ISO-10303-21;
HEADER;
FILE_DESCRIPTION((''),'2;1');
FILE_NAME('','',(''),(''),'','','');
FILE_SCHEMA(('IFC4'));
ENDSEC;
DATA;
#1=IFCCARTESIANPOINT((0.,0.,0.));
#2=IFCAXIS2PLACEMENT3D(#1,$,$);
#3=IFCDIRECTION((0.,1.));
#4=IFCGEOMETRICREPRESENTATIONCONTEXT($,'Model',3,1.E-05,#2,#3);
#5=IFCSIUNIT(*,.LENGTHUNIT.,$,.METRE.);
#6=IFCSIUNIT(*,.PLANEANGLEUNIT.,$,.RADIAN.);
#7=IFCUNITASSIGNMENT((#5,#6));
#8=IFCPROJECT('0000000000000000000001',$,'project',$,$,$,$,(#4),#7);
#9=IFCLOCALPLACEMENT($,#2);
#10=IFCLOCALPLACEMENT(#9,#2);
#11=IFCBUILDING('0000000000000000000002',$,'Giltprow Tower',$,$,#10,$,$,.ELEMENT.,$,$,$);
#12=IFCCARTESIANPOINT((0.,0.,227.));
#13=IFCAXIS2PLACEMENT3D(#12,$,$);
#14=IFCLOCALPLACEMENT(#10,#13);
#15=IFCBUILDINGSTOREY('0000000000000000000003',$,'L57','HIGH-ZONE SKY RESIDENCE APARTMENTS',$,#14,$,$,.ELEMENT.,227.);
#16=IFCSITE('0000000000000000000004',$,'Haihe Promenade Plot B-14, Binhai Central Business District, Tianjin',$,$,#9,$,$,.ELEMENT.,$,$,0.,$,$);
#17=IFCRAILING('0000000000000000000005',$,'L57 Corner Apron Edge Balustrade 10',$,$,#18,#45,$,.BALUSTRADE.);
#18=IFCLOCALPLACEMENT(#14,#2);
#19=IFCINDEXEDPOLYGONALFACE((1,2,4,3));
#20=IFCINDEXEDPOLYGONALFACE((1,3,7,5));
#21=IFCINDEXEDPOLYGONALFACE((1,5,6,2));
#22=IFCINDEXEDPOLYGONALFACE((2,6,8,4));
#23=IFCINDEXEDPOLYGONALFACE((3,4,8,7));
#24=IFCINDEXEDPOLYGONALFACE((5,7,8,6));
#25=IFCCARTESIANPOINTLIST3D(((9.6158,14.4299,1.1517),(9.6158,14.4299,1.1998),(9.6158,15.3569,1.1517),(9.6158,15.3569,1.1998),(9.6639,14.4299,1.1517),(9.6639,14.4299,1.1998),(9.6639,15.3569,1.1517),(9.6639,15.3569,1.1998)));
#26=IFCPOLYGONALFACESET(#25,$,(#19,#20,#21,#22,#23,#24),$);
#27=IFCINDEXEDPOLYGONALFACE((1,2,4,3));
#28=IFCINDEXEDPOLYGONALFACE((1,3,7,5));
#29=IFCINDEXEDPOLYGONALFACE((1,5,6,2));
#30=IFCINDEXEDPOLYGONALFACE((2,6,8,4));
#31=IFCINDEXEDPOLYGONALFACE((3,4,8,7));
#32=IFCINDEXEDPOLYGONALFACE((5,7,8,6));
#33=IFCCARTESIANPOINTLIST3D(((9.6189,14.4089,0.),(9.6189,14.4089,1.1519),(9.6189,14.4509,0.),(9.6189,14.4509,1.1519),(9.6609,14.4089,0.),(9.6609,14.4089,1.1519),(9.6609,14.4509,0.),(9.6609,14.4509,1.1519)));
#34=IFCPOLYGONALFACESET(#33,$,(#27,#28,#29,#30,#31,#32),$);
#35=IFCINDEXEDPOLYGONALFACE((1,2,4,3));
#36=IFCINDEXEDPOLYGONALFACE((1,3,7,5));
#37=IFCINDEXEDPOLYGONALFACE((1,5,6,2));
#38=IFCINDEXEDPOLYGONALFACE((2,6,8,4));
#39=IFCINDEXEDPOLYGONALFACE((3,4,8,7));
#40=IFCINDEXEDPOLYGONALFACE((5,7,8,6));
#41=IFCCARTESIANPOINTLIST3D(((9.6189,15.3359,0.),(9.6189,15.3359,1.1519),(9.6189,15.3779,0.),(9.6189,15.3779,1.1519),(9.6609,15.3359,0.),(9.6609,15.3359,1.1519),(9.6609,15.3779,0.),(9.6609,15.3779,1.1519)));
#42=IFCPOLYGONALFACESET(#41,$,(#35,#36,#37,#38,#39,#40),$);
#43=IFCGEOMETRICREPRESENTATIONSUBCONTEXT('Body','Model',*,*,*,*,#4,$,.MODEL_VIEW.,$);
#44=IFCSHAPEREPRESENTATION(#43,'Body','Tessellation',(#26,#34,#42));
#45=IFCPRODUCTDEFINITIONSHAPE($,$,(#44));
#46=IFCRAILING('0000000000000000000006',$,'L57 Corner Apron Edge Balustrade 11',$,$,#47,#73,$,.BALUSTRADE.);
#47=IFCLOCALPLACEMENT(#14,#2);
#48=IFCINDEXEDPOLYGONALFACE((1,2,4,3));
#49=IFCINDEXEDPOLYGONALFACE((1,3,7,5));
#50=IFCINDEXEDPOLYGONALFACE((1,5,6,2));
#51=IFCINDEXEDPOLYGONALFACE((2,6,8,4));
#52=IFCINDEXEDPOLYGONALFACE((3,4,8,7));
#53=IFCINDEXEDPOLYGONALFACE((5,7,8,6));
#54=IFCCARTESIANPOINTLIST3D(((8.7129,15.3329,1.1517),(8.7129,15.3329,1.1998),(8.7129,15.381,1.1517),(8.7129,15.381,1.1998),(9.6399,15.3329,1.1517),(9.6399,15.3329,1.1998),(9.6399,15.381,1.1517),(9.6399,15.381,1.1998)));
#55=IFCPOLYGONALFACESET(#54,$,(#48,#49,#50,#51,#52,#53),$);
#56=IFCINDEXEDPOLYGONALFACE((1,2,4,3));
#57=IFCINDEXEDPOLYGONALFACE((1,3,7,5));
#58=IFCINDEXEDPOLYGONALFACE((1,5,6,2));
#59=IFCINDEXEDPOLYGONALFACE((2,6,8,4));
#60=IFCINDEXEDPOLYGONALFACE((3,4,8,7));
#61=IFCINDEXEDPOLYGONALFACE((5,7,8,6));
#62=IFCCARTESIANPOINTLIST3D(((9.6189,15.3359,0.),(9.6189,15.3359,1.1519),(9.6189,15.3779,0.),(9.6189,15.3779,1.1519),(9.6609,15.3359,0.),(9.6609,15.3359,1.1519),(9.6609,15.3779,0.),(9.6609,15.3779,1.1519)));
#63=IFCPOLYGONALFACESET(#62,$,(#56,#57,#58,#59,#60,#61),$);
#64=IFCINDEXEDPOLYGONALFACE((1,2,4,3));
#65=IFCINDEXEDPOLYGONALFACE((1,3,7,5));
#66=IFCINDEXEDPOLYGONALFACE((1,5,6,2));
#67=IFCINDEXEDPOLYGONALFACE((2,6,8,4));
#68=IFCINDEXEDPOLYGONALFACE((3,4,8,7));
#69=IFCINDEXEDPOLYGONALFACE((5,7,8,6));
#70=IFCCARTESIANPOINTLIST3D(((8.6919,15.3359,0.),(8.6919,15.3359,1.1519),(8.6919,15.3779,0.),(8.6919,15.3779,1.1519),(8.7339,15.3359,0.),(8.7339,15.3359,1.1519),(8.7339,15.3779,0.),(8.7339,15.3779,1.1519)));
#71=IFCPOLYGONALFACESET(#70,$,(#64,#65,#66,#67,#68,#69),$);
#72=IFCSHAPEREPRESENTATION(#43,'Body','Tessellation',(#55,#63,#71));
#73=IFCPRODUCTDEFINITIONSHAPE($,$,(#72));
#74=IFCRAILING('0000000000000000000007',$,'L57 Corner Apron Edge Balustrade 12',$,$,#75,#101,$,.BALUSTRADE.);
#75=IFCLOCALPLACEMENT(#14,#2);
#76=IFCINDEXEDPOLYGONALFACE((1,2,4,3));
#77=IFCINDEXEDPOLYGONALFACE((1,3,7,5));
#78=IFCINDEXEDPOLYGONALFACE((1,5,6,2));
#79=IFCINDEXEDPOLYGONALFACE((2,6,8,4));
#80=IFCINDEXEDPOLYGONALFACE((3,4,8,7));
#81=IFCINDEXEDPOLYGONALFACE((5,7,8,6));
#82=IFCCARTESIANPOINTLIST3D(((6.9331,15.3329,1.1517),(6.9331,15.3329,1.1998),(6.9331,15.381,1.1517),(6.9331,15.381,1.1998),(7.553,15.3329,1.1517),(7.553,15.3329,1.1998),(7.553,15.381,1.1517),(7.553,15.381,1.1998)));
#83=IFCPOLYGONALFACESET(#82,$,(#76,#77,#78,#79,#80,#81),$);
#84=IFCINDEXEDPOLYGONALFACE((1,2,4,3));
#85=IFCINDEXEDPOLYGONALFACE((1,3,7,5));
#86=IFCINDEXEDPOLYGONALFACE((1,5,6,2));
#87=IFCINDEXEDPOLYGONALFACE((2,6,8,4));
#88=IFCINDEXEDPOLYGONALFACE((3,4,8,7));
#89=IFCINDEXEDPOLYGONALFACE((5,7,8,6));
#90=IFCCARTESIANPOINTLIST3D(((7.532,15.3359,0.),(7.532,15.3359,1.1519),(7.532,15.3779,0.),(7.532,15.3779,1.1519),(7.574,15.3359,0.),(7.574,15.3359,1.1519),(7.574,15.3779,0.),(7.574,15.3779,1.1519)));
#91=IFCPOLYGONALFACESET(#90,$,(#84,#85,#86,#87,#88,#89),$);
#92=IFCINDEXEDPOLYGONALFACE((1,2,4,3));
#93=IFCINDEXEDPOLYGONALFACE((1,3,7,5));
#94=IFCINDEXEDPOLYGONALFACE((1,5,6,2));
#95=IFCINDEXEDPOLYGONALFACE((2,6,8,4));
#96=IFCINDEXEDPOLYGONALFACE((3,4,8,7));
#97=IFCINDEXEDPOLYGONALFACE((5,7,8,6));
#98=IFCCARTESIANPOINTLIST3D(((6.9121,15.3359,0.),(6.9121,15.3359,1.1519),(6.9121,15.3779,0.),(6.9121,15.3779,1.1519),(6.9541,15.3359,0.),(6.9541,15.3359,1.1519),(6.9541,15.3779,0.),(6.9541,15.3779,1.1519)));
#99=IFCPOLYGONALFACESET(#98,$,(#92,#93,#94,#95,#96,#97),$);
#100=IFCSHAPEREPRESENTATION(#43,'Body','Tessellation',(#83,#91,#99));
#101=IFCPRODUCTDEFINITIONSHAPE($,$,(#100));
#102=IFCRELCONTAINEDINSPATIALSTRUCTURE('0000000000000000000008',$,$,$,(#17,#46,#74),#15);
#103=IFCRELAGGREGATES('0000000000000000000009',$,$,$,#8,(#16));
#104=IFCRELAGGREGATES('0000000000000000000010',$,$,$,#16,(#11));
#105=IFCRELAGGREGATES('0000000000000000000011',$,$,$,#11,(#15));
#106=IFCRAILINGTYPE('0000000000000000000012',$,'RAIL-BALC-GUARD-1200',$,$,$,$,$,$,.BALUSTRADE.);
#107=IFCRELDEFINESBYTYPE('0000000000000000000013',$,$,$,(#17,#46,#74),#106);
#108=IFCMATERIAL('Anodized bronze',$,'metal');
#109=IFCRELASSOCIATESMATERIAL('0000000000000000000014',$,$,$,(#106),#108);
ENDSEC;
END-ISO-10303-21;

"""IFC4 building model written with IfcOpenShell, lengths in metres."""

from ifc_helpers import new_model, si_unit, direction, frame, origin, origin_2d, place, context, subcontext, project, spatial, rectangle, extrude, material, type_object, element, save


model = new_model("IFC4")

# Units and contexts
model_context = context("Model", 3, precision=1e-05, world=origin(), true_north=direction((0.0, 1.0)))
body_context = subcontext(model_context, "Body", "Model", "MODEL_VIEW")
ifc_project = project(units=[si_unit("LENGTHUNIT", "METRE"), si_unit("PLANEANGLEUNIT", "RADIAN")], contexts=[model_context])

# Site, building, storey
site_placement = place(None, origin())
site = spatial("IfcSite", under=ifc_project, at=site_placement, Name="Haihe Promenade Plot B-14, Binhai Central Business District, Tianjin", CompositionType="ELEMENT", RefElevation=0.0)
building_placement = place(site_placement, origin())
building = spatial("IfcBuilding", under=site, at=building_placement, Name="Giltprow Tower", CompositionType="ELEMENT")
storey_placement = place(building_placement, frame((0.0, 0.0, 227.0)))
storey = spatial("IfcBuildingStorey", under=building, at=storey_placement, Name="L57", Description="HIGH-ZONE SKY RESIDENCE APARTMENTS", CompositionType="ELEMENT", Elevation=227.0)

# Shared definitions
ifc_material_1 = material(Name="Anodized bronze", Category="metal")

# Railings
railing_type = type_object("IfcRailingType", Name="RAIL-BALC-GUARD-1200", PredefinedType="BALUSTRADE", material=ifc_material_1)
railing_1_placement = place(storey_placement, frame((9.6399, 14.4299, 0.0)))
element("IfcRailing", 1, at=railing_1_placement, inside=storey, type_object=railing_type, Name="L57 Corner Apron Edge Balustrade 10", PredefinedType="BALUSTRADE", context=body_context, shape_type="SweptSolid", body=[
    extrude(rectangle(XDim=0.0481, YDim=0.0481, at=origin_2d()), frame((0.0, 0.0, 1.1758), z_axis=(0.0, 1.0, 0.0), x_axis=(-1.0, 0.0, 0.0)), (0.0, 0.0, 1.0), 0.927),
    extrude(rectangle(XDim=0.042, YDim=0.042, at=origin_2d()), origin(), (0.0, 0.0, 1.0), 1.1519),
    extrude(rectangle(XDim=0.042, YDim=0.042, at=origin_2d()), frame((0.0, 0.927, 0.0)), (0.0, 0.0, 1.0), 1.1519),
])
railing_2_placement = place(storey_placement, frame((9.6399, 15.3569, 0.0)))
element("IfcRailing", 2, at=railing_2_placement, inside=storey, type_object=railing_type, Name="L57 Corner Apron Edge Balustrade 11", PredefinedType="BALUSTRADE", context=body_context, shape_type="SweptSolid", body=[
    extrude(rectangle(XDim=0.0481, YDim=0.0481, at=origin_2d()), frame((0.0, 0.0, 1.1758), z_axis=(-1.0, 0.0, 0.0), x_axis=(0.0, -1.0, 0.0)), (0.0, 0.0, 1.0), 0.927),
    extrude(rectangle(XDim=0.042, YDim=0.042, at=origin_2d()), origin(), (0.0, 0.0, 1.0), 1.1519),
    extrude(rectangle(XDim=0.042, YDim=0.042, at=origin_2d()), frame((-0.927, 0.0, 0.0)), (0.0, 0.0, 1.0), 1.1519),
])
railing_3_placement = place(storey_placement, frame((7.553, 15.3569, 0.0)))
element("IfcRailing", 3, at=railing_3_placement, inside=storey, type_object=railing_type, Name="L57 Corner Apron Edge Balustrade 12", PredefinedType="BALUSTRADE", context=body_context, shape_type="SweptSolid", body=[
    extrude(rectangle(XDim=0.0481, YDim=0.0481, at=origin_2d()), frame((0.0, 0.0, 1.1758), z_axis=(-1.0, 0.0, 0.0), x_axis=(0.0, -1.0, 0.0)), (0.0, 0.0, 1.0), 0.6199),
    extrude(rectangle(XDim=0.042, YDim=0.042, at=origin_2d()), origin(), (0.0, 0.0, 1.0), 1.1519),
    extrude(rectangle(XDim=0.042, YDim=0.042, at=origin_2d()), frame((-0.6199, 0.0, 0.0)), (0.0, 0.0, 1.0), 1.1519),
])

save(model, "model.ifc")
